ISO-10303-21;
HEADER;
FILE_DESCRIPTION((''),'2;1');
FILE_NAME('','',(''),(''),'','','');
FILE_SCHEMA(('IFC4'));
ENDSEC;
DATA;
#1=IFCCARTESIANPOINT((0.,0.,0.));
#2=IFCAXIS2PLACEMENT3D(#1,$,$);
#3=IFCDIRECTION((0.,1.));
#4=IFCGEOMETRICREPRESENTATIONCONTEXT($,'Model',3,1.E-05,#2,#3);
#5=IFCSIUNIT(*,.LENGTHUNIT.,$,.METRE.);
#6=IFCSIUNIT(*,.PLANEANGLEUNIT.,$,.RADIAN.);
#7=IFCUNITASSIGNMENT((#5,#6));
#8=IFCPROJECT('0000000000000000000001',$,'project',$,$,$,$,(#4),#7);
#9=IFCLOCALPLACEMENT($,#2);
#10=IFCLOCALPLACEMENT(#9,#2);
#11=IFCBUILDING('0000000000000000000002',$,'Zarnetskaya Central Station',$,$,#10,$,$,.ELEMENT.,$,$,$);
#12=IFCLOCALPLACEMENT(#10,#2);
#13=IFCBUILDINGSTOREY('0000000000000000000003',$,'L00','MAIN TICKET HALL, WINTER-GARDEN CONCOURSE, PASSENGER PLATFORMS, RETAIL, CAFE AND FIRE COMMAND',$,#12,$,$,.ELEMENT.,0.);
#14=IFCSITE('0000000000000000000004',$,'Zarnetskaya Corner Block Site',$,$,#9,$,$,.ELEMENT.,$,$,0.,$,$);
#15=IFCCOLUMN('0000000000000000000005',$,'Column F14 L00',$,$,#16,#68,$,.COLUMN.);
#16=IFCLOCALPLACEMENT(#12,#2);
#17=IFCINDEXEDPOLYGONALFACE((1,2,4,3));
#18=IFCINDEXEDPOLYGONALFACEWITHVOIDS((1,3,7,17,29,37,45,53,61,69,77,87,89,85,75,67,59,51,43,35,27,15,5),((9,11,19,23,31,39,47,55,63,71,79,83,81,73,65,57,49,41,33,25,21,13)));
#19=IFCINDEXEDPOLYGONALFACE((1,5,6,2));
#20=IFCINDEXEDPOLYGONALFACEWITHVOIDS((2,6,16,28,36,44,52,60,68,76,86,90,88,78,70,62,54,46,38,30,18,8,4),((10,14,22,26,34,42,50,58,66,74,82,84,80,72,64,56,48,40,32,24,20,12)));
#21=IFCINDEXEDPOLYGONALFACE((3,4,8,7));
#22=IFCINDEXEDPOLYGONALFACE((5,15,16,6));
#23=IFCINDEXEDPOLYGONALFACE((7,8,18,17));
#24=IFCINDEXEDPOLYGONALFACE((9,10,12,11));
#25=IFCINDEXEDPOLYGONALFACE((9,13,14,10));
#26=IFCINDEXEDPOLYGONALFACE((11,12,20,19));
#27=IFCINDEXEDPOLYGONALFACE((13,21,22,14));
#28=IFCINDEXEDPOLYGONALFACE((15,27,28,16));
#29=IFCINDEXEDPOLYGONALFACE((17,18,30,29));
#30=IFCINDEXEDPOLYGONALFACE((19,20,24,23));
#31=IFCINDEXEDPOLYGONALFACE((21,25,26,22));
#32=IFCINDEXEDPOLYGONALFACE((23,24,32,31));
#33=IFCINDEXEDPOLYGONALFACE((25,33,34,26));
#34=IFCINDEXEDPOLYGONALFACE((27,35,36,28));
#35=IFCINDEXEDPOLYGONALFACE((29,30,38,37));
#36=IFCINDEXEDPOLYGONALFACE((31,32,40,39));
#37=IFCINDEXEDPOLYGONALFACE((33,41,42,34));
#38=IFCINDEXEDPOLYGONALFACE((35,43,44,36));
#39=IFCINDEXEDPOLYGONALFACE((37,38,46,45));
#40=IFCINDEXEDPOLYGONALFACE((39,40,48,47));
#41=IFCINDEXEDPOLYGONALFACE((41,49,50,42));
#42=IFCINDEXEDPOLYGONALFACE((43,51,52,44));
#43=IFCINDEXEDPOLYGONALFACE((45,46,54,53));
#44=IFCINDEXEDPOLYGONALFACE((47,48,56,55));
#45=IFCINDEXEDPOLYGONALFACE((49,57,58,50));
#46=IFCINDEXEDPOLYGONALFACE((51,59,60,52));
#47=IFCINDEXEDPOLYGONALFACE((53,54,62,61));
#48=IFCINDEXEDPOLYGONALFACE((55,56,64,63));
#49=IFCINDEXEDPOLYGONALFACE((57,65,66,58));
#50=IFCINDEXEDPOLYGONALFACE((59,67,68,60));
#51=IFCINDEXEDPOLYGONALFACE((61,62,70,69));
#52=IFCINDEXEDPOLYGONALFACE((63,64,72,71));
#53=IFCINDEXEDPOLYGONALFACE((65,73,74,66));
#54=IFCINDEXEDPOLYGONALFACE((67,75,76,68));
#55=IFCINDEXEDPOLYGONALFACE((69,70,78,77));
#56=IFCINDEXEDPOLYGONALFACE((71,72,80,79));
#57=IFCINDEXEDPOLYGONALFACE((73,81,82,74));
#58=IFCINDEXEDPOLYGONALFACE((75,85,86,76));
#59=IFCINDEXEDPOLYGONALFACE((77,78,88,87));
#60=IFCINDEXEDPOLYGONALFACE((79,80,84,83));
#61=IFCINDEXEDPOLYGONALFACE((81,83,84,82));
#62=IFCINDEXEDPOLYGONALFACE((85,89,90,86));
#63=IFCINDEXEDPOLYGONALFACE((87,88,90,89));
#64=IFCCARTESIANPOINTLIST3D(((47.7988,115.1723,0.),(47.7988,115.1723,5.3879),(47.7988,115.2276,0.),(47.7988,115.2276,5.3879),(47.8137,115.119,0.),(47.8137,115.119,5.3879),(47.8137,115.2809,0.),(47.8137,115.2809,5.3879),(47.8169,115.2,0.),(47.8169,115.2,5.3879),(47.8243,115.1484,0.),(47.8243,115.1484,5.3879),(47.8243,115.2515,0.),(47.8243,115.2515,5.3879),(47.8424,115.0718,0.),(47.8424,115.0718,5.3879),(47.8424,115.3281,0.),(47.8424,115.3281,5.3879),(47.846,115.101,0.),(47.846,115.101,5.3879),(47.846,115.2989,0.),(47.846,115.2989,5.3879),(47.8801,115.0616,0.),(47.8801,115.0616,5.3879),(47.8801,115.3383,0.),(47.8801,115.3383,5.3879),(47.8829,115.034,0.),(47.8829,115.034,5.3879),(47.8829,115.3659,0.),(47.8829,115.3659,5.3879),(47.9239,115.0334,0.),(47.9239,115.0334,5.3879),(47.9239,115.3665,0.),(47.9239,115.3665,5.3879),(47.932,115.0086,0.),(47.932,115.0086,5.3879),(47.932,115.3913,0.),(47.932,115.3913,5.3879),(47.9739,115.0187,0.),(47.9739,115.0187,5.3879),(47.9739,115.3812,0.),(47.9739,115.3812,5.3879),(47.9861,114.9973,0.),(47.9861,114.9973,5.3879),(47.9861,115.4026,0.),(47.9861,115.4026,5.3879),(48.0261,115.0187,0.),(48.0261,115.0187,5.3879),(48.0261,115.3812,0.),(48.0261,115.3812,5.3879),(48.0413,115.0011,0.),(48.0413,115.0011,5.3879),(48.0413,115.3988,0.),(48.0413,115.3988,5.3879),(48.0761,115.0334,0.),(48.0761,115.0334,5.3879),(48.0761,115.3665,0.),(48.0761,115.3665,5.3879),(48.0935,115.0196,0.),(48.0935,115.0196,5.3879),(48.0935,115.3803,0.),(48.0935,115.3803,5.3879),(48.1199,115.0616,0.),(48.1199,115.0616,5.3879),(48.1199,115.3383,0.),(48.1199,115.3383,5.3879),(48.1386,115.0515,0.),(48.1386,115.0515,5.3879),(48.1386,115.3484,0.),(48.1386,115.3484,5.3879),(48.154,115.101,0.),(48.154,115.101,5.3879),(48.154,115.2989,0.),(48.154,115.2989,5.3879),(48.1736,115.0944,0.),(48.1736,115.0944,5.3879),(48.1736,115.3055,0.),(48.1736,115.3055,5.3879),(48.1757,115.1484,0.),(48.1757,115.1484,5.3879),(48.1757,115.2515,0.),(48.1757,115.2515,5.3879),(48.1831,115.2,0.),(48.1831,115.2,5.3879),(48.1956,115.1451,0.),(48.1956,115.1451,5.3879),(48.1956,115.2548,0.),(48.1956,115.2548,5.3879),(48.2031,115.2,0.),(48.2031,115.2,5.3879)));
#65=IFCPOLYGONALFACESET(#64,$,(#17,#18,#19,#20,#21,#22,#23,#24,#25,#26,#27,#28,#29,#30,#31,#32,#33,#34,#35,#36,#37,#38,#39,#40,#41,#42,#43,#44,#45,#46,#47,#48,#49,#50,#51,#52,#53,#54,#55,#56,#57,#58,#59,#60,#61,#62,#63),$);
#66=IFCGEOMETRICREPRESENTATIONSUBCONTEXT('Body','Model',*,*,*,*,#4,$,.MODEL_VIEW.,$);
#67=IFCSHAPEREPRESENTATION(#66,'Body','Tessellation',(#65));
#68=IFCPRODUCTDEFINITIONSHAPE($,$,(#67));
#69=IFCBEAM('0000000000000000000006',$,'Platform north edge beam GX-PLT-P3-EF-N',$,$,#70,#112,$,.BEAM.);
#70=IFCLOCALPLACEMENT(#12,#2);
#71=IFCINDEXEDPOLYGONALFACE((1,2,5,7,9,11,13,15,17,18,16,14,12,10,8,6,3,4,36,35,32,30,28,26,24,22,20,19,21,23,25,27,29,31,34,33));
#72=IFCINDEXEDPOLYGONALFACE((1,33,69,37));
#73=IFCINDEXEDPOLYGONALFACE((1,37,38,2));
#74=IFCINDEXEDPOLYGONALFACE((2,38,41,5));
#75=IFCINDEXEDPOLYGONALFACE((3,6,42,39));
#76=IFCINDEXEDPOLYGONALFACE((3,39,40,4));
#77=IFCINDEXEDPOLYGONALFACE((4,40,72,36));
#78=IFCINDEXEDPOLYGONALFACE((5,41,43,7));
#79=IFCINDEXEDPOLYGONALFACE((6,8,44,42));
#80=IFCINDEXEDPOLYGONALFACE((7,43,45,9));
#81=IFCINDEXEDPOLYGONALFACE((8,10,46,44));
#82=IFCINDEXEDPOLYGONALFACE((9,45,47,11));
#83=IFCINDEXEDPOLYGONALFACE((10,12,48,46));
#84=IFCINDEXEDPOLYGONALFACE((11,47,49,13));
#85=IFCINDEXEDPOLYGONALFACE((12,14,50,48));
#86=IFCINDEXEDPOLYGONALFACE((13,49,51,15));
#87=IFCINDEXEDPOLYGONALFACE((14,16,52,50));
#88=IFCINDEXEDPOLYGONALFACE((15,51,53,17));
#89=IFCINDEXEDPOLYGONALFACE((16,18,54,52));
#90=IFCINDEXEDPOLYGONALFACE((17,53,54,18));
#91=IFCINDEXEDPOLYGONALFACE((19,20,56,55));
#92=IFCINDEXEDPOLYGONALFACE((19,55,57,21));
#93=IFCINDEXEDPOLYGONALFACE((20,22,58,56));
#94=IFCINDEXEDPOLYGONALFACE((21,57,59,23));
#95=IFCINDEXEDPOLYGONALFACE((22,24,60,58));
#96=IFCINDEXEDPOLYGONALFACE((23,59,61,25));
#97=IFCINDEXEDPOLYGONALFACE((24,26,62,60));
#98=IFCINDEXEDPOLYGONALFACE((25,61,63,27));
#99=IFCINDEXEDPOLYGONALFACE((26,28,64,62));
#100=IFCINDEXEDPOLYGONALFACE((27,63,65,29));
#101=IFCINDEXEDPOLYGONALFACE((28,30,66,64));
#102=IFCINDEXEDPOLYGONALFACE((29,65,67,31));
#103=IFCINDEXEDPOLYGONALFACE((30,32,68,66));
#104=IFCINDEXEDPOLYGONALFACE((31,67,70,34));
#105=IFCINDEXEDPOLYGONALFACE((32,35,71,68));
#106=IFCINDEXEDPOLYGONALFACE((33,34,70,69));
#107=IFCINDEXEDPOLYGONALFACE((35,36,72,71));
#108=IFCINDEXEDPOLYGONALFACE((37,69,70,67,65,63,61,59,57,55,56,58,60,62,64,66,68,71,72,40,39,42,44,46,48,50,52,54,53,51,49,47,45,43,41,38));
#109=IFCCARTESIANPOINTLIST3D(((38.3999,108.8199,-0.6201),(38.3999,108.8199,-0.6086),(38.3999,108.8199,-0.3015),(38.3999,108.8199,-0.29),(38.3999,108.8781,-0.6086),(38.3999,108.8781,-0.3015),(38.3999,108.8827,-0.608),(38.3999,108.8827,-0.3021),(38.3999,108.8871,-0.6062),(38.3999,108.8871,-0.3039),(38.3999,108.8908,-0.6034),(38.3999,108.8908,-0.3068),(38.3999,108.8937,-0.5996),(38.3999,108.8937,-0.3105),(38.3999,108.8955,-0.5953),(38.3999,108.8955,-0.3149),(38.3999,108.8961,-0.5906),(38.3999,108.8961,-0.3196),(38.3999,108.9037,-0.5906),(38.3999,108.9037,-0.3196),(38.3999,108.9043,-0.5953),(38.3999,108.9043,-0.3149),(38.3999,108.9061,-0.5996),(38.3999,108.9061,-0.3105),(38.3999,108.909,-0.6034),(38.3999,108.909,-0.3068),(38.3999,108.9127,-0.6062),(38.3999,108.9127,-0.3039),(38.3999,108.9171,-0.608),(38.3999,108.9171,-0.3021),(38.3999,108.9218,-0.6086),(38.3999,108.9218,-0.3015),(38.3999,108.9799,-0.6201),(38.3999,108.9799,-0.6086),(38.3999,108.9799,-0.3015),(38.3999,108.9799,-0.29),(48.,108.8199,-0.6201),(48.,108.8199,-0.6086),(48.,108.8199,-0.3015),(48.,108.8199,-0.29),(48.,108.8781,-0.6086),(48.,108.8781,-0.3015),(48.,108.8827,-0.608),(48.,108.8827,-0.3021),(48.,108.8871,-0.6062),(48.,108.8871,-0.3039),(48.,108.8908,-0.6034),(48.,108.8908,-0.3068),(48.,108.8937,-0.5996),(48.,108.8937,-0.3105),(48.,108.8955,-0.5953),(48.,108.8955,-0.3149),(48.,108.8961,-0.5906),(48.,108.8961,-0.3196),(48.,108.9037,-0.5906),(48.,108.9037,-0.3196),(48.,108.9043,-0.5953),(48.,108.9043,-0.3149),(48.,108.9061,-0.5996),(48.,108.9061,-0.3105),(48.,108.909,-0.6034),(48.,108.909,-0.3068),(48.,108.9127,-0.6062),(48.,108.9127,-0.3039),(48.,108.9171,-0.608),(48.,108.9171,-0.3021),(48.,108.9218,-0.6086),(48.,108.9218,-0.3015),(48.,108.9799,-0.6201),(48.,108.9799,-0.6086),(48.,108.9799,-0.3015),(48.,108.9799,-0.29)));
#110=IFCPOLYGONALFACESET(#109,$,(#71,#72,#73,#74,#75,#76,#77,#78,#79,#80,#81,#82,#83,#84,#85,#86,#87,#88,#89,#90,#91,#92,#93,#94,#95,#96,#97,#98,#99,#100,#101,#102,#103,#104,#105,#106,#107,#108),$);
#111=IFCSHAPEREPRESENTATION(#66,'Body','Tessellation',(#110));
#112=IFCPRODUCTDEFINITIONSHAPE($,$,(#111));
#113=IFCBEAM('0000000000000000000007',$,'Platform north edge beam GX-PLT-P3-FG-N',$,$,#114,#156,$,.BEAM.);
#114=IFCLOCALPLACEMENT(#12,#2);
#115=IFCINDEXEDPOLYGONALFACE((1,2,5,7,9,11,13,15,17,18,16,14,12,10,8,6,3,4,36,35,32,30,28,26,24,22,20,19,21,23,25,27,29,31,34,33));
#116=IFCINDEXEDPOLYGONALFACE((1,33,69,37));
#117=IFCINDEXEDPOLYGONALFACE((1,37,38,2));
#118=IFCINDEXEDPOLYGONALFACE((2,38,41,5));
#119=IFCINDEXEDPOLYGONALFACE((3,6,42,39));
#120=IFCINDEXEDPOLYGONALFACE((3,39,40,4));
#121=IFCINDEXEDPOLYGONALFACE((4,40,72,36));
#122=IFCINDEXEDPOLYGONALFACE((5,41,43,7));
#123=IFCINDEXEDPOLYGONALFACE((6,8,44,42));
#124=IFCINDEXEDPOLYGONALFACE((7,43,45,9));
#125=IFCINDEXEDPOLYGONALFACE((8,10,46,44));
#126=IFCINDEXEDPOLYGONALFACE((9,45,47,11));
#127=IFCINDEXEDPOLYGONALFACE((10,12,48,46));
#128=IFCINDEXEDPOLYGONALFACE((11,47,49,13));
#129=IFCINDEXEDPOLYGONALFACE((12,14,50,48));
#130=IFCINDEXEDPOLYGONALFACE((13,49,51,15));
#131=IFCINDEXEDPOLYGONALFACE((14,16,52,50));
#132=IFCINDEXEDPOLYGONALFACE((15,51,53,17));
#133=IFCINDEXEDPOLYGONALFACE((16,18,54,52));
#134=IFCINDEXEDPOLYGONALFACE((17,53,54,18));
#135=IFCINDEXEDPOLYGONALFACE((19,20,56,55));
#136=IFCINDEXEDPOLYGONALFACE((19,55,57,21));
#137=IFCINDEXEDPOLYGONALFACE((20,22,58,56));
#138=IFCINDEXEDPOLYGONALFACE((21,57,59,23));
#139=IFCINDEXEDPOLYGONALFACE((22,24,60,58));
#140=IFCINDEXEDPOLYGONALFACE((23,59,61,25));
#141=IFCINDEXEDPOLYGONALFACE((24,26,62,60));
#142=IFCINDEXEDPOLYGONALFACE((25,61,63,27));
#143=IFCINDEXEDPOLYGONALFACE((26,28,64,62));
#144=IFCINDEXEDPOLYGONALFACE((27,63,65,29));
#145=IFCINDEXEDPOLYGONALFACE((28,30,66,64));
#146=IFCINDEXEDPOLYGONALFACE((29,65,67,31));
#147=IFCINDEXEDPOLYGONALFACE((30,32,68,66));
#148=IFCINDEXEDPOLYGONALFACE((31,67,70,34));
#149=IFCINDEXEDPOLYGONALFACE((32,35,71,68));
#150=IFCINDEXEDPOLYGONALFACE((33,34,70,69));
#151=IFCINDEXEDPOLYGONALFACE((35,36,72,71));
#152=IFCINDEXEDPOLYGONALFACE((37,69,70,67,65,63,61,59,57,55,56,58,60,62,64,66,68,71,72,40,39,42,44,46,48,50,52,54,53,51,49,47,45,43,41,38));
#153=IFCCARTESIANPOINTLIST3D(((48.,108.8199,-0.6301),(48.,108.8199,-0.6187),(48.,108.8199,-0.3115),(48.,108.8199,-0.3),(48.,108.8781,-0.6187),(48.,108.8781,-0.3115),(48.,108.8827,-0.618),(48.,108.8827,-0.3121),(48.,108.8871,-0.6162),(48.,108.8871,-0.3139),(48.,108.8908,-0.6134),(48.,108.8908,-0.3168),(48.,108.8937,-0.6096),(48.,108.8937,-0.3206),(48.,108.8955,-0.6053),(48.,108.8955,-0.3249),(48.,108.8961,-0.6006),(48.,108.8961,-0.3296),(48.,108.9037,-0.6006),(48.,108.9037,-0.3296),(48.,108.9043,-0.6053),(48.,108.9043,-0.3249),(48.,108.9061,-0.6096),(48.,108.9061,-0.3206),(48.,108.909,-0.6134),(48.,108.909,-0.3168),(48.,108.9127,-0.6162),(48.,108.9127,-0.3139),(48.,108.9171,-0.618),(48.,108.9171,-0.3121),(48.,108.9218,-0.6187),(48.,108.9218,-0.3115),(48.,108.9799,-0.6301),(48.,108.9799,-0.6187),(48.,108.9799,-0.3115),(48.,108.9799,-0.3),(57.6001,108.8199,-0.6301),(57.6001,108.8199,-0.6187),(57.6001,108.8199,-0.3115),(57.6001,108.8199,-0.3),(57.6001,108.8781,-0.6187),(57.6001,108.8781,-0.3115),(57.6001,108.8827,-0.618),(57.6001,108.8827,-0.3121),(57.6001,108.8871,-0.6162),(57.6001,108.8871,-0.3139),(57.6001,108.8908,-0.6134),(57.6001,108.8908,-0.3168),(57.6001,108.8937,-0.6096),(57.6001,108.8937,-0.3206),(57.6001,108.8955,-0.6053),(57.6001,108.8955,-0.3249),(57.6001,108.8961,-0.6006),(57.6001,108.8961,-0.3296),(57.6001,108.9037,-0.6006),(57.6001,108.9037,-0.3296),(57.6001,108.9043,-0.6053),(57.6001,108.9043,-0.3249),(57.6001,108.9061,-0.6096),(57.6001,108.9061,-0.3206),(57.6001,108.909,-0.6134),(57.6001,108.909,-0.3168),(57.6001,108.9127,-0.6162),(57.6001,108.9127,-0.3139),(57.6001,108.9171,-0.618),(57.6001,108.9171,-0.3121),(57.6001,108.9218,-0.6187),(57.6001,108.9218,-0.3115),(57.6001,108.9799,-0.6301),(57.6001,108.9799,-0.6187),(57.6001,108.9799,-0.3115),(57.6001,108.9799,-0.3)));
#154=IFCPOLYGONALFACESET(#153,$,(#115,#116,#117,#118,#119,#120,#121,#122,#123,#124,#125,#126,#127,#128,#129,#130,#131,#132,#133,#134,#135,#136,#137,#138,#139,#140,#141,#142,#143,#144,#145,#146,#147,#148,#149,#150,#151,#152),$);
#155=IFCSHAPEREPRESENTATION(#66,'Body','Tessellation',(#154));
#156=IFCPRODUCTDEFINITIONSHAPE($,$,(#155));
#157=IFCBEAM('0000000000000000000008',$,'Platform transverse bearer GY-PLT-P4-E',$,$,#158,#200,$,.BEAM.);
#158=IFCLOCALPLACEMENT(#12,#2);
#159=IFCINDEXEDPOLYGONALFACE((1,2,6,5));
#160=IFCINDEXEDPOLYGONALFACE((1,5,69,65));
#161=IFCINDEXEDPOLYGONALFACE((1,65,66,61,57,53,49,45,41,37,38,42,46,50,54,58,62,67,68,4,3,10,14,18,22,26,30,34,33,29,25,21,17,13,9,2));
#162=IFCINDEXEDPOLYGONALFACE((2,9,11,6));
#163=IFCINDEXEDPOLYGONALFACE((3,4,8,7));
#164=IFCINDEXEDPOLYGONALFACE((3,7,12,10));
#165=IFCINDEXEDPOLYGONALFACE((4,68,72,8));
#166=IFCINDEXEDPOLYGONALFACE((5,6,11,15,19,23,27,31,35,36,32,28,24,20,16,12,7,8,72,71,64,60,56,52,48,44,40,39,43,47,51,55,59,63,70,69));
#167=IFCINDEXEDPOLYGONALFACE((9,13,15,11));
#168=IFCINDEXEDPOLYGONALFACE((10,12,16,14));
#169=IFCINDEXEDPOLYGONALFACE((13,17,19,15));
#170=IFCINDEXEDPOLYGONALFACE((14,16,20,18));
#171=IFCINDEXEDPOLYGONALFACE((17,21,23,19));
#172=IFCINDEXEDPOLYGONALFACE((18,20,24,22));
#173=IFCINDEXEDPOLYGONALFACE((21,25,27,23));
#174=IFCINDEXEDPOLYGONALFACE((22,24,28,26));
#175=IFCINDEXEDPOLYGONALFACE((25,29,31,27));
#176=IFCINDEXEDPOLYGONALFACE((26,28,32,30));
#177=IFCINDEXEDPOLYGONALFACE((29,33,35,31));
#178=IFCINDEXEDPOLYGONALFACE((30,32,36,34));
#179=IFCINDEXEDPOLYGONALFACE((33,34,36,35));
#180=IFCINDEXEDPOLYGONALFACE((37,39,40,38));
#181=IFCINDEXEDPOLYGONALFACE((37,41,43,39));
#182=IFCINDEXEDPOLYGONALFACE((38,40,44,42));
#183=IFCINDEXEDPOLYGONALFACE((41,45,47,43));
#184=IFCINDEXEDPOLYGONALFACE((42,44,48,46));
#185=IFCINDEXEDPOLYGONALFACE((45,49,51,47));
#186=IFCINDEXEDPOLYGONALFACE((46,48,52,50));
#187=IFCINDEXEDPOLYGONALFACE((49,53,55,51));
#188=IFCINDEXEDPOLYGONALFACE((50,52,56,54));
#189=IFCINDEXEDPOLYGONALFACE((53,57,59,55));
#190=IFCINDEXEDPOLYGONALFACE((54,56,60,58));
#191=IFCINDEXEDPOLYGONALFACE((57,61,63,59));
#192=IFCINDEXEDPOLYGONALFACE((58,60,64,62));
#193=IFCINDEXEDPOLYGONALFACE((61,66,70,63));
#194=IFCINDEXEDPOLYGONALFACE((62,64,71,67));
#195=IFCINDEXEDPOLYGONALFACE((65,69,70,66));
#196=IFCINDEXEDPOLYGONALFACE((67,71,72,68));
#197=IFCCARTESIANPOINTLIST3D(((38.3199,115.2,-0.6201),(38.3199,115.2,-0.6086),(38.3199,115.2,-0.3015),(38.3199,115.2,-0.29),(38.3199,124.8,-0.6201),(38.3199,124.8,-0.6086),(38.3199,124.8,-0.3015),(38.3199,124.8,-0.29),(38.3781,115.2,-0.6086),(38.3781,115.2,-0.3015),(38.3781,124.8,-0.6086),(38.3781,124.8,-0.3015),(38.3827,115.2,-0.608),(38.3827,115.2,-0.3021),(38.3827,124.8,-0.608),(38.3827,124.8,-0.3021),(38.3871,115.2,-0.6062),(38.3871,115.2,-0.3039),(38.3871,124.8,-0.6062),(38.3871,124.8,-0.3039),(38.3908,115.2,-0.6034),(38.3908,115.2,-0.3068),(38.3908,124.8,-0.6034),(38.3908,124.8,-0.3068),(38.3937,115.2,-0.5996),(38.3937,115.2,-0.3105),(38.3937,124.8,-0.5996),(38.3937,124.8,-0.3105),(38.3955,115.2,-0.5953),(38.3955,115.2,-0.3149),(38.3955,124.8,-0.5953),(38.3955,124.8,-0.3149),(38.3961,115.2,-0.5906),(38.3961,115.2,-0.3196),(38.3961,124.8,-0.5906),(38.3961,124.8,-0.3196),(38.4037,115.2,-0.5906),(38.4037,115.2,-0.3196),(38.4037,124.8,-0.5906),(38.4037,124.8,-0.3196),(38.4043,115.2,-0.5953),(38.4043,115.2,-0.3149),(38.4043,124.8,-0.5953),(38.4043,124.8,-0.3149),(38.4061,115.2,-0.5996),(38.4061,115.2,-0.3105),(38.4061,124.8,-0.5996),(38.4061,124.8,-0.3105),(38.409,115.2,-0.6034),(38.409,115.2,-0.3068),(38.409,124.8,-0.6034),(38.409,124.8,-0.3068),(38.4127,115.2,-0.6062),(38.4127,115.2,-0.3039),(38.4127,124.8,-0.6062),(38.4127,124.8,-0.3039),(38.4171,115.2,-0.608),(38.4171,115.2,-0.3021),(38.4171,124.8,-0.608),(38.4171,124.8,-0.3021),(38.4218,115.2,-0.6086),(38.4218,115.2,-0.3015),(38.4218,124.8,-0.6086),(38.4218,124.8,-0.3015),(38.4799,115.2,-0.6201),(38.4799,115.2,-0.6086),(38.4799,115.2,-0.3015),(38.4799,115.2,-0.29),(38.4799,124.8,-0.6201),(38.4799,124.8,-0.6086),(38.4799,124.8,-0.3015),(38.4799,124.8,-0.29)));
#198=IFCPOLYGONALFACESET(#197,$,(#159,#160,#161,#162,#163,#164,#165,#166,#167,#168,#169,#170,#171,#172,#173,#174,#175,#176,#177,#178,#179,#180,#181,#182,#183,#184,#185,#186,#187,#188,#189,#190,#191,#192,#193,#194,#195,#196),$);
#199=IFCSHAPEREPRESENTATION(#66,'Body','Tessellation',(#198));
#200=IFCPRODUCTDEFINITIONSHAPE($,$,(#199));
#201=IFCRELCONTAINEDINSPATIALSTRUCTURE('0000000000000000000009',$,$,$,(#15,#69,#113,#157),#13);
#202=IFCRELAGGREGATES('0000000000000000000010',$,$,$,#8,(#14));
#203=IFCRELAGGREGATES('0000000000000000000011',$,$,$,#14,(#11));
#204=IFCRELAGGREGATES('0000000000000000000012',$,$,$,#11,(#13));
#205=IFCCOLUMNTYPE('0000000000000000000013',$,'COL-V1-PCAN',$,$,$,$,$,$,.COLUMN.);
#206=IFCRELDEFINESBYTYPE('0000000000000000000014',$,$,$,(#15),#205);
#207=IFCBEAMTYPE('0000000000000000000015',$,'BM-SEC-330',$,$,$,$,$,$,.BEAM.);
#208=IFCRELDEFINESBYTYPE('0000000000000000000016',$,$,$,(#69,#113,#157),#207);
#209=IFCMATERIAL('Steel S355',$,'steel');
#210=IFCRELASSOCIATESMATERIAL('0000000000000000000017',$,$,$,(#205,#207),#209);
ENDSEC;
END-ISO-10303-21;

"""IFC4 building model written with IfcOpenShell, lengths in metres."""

from ifc_helpers import new_model, si_unit, direction, frame, origin, origin_2d, place, context, subcontext, project, spatial, hollow_circle, i_section, extrude, material, material_profile, profile_set, type_object, element, save


model = new_model("IFC4")

# Units and contexts
model_context = context("Model", 3, precision=1e-05, world=origin(), true_north=direction((0.0, 1.0)))
body_context = subcontext(model_context, "Body", "Model", "MODEL_VIEW")
ifc_project = project(units=[si_unit("LENGTHUNIT", "METRE"), si_unit("PLANEANGLEUNIT", "RADIAN")], contexts=[model_context])

# Site, building, storey
site_placement = place(None, origin())
site = spatial("IfcSite", under=ifc_project, at=site_placement, Name="Zarnetskaya Corner Block Site", CompositionType="ELEMENT", RefElevation=0.0)
building_placement = place(site_placement, origin())
building = spatial("IfcBuilding", under=site, at=building_placement, Name="Zarnetskaya Central Station", CompositionType="ELEMENT")
storey_placement = place(building_placement, origin())
storey = spatial("IfcBuildingStorey", under=building, at=storey_placement, Name="L00", Description="MAIN TICKET HALL, WINTER-GARDEN CONCOURSE, PASSENGER PLATFORMS, RETAIL, CAFE AND FIRE COMMAND", CompositionType="ELEMENT", Elevation=0.0)

# Column
ifc_material = material(Name="Steel S355", Category="steel")
ifc_material_profile_1 = material_profile(ifc_material, hollow_circle(Radius=0.2031, WallThickness=0.02, at=origin_2d()), Name="CHS 406.4x20")
ifc_profile_set_1 = profile_set([ifc_material_profile_1], Name="Steel S355")
column_type = type_object("IfcColumnType", Name="COL-V1-PCAN", PredefinedType="COLUMN", material=ifc_profile_set_1)
for number, where, z_axis, x_axis, name in (
    (1, (48.0, 115.2, 0.0), (0.0, 0.0, 1.0), (1.0, 0.0, 0.0), "Column F14 L00"),
):
    element("IfcColumn", number, at=place(storey_placement, frame(where, z_axis=z_axis, x_axis=x_axis)), inside=storey, type_object=column_type, Name=name, PredefinedType="COLUMN", context=body_context, shape_type="SweptSolid", body=[
        extrude(hollow_circle(Radius=0.2031, WallThickness=0.02, at=origin_2d()), origin(), (0.0, 0.0, 1.0), 5.3879),
    ])

# Beams
ifc_material_profile_2 = material_profile(ifc_material, i_section(OverallWidth=0.1599, OverallDepth=0.3301, WebThickness=0.0076, FlangeThickness=0.0115, FilletRadius=0.0181, at=origin_2d()), Name="IPE 330")
ifc_profile_set_2 = profile_set([ifc_material_profile_2], Name="Steel S355")
beam_type_1 = type_object("IfcBeamType", Name="BM-SEC-330", PredefinedType="BEAM", material=ifc_profile_set_2)
for number, where, z_axis, x_axis, name in (
    (2, (38.3999, 108.8999, -0.4551), (1.0, 0.0, 0.0), (0.0, 1.0, 0.0), "Platform north edge beam GX-PLT-P3-EF-N"),
    (3, (48.0, 108.8999, -0.4651), (1.0, 0.0, 0.0), (0.0, 1.0, 0.0), "Platform north edge beam GX-PLT-P3-FG-N"),
    (4, (38.3999, 115.2, -0.4551), (0.0, 1.0, 0.0), (-1.0, 0.0, 0.0), "Platform transverse bearer GY-PLT-P4-E"),
):
    element("IfcBeam", number, at=place(storey_placement, frame(where, z_axis=z_axis, x_axis=x_axis)), inside=storey, type_object=beam_type_1, Name=name, PredefinedType="BEAM", context=body_context, shape_type="SweptSolid", body=[
        extrude(i_section(OverallWidth=0.1599, OverallDepth=0.3301, WebThickness=0.0076, FlangeThickness=0.0115, FilletRadius=0.0181, at=origin_2d()), origin(), (0.0, 0.0, 1.0), 9.6001),
    ])

save(model, "model.ifc")
